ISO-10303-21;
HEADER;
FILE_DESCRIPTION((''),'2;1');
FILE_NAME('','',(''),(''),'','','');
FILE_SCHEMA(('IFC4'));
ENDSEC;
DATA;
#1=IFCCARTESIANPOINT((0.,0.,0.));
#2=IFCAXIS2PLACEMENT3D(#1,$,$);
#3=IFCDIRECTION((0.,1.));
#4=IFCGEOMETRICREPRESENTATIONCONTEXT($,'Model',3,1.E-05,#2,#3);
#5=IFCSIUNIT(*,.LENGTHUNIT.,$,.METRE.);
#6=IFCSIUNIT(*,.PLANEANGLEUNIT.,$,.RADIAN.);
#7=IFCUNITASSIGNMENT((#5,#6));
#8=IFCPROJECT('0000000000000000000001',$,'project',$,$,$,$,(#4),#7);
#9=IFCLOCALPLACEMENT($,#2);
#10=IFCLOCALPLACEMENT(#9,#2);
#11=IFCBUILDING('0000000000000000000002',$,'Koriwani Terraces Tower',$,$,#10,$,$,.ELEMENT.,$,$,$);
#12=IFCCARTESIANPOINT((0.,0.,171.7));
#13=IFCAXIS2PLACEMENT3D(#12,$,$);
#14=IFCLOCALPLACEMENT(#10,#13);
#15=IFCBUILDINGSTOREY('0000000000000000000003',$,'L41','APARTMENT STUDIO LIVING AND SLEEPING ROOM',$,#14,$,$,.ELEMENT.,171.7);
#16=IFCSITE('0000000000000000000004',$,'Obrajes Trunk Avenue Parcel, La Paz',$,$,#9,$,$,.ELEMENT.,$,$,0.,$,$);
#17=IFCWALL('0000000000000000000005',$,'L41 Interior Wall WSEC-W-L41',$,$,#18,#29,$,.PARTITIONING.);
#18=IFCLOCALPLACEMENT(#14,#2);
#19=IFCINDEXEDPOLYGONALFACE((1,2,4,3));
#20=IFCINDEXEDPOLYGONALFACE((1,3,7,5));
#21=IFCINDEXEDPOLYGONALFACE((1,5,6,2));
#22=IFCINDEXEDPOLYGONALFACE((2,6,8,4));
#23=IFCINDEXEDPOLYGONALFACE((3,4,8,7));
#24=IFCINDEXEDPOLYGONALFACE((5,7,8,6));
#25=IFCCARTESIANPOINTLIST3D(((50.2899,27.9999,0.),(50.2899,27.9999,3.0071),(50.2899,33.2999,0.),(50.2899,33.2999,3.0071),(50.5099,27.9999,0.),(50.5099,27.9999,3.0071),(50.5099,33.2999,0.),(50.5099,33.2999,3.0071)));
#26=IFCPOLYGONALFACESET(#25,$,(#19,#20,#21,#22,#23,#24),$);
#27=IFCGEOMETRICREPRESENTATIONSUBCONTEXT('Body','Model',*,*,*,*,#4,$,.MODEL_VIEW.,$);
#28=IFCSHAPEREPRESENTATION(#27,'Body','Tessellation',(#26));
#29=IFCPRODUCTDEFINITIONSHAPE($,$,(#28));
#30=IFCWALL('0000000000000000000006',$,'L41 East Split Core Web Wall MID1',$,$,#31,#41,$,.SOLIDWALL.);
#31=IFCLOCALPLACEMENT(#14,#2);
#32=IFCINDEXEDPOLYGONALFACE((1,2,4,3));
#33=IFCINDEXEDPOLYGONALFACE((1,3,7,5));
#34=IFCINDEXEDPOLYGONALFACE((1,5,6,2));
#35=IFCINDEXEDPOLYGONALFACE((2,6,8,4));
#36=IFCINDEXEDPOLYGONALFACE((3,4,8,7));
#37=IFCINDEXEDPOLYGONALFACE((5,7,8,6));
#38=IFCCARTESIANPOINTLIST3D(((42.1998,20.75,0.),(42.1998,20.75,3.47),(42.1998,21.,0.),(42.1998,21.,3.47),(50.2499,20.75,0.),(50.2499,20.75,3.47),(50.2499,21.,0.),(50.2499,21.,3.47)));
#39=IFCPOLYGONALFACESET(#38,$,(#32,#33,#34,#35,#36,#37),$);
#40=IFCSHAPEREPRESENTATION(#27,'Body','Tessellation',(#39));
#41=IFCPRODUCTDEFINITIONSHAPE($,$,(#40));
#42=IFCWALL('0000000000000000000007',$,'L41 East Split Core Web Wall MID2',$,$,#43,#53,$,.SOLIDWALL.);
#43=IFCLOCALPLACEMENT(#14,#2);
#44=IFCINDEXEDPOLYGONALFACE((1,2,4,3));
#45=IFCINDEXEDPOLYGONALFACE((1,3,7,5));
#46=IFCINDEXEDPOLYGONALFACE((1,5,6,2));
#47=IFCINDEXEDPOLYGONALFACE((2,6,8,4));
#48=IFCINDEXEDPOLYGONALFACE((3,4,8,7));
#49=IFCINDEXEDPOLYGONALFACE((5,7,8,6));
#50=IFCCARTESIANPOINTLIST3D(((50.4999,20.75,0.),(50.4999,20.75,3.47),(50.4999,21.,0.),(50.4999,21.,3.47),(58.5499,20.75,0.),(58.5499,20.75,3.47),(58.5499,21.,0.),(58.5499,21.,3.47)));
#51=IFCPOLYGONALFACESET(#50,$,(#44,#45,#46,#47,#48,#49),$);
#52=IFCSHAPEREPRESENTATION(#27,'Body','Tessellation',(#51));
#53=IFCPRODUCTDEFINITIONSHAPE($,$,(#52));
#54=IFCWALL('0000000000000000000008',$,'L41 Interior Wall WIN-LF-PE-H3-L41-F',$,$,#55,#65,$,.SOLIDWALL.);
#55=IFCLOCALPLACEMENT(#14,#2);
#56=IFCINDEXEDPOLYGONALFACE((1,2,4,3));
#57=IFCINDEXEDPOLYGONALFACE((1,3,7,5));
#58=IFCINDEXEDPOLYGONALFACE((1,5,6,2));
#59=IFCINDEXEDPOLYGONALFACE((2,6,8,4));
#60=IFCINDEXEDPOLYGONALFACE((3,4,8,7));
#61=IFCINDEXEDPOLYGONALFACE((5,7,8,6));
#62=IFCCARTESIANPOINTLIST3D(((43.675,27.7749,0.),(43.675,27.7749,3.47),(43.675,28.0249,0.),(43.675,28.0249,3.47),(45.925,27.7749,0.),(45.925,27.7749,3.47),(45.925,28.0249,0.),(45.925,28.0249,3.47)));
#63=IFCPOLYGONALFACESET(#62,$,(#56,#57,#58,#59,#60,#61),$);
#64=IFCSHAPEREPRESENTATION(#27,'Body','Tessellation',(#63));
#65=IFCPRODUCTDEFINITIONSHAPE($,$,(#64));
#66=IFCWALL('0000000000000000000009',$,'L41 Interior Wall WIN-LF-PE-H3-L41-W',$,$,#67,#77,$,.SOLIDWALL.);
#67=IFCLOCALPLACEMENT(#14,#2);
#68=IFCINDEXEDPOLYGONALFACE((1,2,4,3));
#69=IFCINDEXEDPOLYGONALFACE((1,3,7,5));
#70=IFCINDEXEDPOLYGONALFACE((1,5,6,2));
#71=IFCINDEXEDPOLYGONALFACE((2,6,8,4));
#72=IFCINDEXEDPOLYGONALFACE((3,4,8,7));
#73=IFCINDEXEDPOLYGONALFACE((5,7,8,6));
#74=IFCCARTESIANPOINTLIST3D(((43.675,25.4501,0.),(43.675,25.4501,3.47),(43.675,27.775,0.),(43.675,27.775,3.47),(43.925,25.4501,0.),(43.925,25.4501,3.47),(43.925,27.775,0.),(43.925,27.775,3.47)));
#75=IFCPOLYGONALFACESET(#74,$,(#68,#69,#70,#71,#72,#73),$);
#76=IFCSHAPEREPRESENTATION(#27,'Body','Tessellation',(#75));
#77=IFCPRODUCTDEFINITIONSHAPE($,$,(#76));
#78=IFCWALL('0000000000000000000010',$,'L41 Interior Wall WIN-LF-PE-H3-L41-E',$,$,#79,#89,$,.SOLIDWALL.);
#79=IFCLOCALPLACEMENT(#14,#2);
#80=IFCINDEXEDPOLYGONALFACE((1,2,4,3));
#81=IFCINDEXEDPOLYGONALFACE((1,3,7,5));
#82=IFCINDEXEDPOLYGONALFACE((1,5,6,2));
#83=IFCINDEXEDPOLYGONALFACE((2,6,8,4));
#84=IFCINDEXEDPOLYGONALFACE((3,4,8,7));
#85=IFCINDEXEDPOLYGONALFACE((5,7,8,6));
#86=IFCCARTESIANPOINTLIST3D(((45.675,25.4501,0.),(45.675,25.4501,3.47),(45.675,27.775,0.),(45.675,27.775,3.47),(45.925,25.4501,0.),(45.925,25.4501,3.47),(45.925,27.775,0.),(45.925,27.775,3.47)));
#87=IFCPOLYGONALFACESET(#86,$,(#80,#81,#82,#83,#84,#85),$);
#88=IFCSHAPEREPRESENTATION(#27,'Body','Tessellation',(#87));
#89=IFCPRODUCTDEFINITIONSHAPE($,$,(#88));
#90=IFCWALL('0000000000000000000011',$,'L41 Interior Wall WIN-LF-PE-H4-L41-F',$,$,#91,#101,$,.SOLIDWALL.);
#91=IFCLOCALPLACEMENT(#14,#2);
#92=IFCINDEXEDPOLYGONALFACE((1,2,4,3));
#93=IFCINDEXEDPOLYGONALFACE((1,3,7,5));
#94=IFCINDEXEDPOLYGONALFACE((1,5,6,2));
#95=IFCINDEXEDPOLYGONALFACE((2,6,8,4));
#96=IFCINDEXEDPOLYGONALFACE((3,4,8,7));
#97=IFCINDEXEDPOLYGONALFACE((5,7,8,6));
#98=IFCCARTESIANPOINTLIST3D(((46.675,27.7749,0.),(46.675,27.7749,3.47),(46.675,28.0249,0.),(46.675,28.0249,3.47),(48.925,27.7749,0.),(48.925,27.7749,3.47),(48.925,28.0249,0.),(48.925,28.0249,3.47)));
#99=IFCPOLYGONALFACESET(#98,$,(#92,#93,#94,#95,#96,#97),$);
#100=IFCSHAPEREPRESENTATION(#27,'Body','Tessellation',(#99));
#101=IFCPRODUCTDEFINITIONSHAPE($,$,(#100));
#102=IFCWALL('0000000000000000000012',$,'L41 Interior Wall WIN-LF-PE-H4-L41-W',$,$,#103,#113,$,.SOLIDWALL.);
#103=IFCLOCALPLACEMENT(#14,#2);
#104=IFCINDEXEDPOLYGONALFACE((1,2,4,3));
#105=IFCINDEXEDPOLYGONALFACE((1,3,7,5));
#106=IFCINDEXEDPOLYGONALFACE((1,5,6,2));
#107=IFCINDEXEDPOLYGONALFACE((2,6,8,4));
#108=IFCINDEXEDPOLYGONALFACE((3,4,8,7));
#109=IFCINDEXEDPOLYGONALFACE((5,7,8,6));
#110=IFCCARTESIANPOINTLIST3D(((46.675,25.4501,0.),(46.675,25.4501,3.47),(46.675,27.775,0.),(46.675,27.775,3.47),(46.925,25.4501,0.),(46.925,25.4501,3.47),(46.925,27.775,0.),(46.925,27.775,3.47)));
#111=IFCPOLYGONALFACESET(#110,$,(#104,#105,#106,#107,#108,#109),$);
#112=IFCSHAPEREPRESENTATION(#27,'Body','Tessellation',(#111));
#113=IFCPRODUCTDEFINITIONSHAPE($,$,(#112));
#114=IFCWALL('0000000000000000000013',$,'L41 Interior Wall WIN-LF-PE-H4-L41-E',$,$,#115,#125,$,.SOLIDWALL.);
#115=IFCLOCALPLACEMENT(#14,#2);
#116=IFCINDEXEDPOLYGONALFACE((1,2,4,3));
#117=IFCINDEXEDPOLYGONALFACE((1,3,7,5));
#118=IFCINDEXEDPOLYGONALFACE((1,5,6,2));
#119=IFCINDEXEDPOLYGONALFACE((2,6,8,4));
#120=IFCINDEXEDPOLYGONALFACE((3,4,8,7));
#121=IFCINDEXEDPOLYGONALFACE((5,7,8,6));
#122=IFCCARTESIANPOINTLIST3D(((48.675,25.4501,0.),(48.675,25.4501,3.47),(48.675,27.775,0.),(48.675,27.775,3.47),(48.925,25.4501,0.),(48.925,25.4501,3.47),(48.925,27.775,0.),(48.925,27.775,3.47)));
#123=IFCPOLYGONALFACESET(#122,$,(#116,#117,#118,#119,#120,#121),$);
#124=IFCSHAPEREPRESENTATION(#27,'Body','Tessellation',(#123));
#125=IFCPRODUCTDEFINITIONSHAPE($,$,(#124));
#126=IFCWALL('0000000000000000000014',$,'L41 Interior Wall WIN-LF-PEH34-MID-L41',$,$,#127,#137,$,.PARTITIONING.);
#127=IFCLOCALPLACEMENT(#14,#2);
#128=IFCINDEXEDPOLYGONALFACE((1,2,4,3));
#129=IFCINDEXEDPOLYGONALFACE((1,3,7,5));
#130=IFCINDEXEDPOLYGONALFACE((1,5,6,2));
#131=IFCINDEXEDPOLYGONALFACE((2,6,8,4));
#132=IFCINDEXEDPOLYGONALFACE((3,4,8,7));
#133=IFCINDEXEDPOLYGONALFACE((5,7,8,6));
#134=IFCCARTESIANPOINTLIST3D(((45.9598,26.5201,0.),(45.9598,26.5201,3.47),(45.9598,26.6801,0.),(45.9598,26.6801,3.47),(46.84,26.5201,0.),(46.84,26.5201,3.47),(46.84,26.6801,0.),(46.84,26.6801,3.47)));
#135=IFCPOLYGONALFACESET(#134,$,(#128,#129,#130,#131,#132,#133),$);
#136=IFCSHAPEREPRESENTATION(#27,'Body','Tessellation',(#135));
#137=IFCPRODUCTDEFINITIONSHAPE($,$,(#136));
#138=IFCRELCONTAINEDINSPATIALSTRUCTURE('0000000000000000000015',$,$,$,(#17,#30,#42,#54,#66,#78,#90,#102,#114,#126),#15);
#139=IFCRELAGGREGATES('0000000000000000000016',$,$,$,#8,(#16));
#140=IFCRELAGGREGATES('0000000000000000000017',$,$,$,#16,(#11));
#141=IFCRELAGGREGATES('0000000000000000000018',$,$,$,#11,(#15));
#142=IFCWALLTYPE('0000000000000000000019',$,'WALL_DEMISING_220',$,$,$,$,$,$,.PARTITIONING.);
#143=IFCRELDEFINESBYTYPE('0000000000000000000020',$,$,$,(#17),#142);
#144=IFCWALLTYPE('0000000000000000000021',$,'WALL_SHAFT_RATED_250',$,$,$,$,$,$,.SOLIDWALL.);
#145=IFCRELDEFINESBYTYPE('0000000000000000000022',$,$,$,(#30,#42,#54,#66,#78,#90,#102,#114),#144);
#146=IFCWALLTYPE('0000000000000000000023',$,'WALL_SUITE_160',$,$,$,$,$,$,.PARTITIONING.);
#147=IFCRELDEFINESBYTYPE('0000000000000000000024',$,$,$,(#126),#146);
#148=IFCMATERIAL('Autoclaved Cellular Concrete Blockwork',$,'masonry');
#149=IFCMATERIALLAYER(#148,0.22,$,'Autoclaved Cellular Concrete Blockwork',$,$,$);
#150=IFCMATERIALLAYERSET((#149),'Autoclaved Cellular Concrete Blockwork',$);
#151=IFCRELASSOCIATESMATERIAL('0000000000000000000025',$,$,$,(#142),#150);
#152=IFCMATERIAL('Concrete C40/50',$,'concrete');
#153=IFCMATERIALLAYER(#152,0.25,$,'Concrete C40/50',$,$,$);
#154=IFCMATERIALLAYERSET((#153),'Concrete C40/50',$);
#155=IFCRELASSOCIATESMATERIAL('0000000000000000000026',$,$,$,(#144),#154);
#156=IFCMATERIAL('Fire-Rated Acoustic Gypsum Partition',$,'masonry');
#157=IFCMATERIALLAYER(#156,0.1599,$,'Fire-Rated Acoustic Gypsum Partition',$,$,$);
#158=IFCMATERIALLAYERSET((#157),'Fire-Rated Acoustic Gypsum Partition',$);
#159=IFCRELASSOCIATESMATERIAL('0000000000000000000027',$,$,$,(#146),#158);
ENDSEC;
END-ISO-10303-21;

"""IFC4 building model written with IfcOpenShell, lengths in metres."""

from ifc_helpers import new_model, si_unit, direction, frame, frame_2d, origin, place, context, subcontext, project, spatial, rectangle, extrude, material, layer, layer_set, type_object, element, save


model = new_model("IFC4")

# Units and contexts
model_context = context("Model", 3, precision=1e-05, world=origin(), true_north=direction((0.0, 1.0)))
body_context = subcontext(model_context, "Body", "Model", "MODEL_VIEW")
ifc_project = project(units=[si_unit("LENGTHUNIT", "METRE"), si_unit("PLANEANGLEUNIT", "RADIAN")], contexts=[model_context])

# Site, building, storey
site_placement = place(None, origin())
site = spatial("IfcSite", under=ifc_project, at=site_placement, Name="Obrajes Trunk Avenue Parcel, La Paz", CompositionType="ELEMENT", RefElevation=0.0)
building_placement = place(site_placement, origin())
building = spatial("IfcBuilding", under=site, at=building_placement, Name="Koriwani Terraces Tower", CompositionType="ELEMENT")
storey_placement = place(building_placement, frame((0.0, 0.0, 171.7)))
storey = spatial("IfcBuildingStorey", under=building, at=storey_placement, Name="L41", Description="APARTMENT STUDIO LIVING AND SLEEPING ROOM", CompositionType="ELEMENT", Elevation=171.7)

# Shared definitions
ifc_material_1 = material(Name="Autoclaved Cellular Concrete Blockwork", Category="masonry")

# Walls
ifc_layer_1 = layer(ifc_material_1, 0.22, Name="Autoclaved Cellular Concrete Blockwork")
ifc_layer_set_1 = layer_set([ifc_layer_1], Name="Autoclaved Cellular Concrete Blockwork")
wall_type_1 = type_object("IfcWallType", Name="WALL_DEMISING_220", PredefinedType="PARTITIONING", material=ifc_layer_set_1)
wall_1_placement = place(storey_placement, frame((50.3999, 28.0, 0.0), z_axis=(0.0, 0.0, 1.0), x_axis=(0.0, 1.0, 0.0)))
element("IfcWall", 1, at=wall_1_placement, inside=storey, type_object=wall_type_1, Name="L41 Interior Wall WSEC-W-L41", PredefinedType="PARTITIONING", context=body_context, shape_type="SweptSolid", body=[
    extrude(rectangle(XDim=5.3, YDim=0.22, at=frame_2d((2.6499, 0.0))), origin(), (0.0, 0.0, 1.0), 3.0071),
])
ifc_material_2 = material(Name="Concrete C40/50", Category="concrete")
ifc_layer_2 = layer(ifc_material_2, 0.25, Name="Concrete C40/50")
ifc_layer_set_2 = layer_set([ifc_layer_2], Name="Concrete C40/50")
wall_type_2 = type_object("IfcWallType", Name="WALL_SHAFT_RATED_250", PredefinedType="SOLIDWALL", material=ifc_layer_set_2)
for number, where, z_axis, x_axis, name in (
    (2, (42.2, 20.875, 0.0), (0.0, 0.0, 1.0), (1.0, 0.0, 0.0), "L41 East Split Core Web Wall MID1"),
    (3, (50.5, 20.875, 0.0), (0.0, 0.0, 1.0), (1.0, 0.0, 0.0), "L41 East Split Core Web Wall MID2"),
):
    element("IfcWall", number, at=place(storey_placement, frame(where, z_axis=z_axis, x_axis=x_axis)), inside=storey, type_object=wall_type_2, Name=name, PredefinedType="SOLIDWALL", context=body_context, shape_type="SweptSolid", body=[
        extrude(rectangle(XDim=8.05, YDim=0.25, at=frame_2d((4.0249, 0.0))), origin(), (0.0, 0.0, 1.0), 3.47),
    ])

# Walls
wall_2_placement = place(storey_placement, frame((43.675, 27.8999, 0.0), z_axis=(0.0, 0.0, 1.0), x_axis=(1.0, 0.0, 0.0)))
element("IfcWall", 4, at=wall_2_placement, inside=storey, type_object=wall_type_2, Name="L41 Interior Wall WIN-LF-PE-H3-L41-F", PredefinedType="SOLIDWALL", context=body_context, shape_type="SweptSolid", body=[
    extrude(rectangle(XDim=2.25, YDim=0.25, at=frame_2d((1.125, 0.0))), origin(), (0.0, 0.0, 1.0), 3.47),
])
for number, where, z_axis, x_axis, name in (
    (5, (43.8, 25.45, 0.0), (0.0, 0.0, 1.0), (0.0, 1.0, 0.0), "L41 Interior Wall WIN-LF-PE-H3-L41-W"),
    (6, (45.8, 25.45, 0.0), (0.0, 0.0, 1.0), (0.0, 1.0, 0.0), "L41 Interior Wall WIN-LF-PE-H3-L41-E"),
):
    element("IfcWall", number, at=place(storey_placement, frame(where, z_axis=z_axis, x_axis=x_axis)), inside=storey, type_object=wall_type_2, Name=name, PredefinedType="SOLIDWALL", context=body_context, shape_type="SweptSolid", body=[
        extrude(rectangle(XDim=2.325, YDim=0.25, at=frame_2d((1.1626, 0.0))), origin(), (0.0, 0.0, 1.0), 3.47),
    ])
wall_3_placement = place(storey_placement, frame((46.675, 27.8999, 0.0), z_axis=(0.0, 0.0, 1.0), x_axis=(1.0, 0.0, 0.0)))
element("IfcWall", 7, at=wall_3_placement, inside=storey, type_object=wall_type_2, Name="L41 Interior Wall WIN-LF-PE-H4-L41-F", PredefinedType="SOLIDWALL", context=body_context, shape_type="SweptSolid", body=[
    extrude(rectangle(XDim=2.25, YDim=0.25, at=frame_2d((1.125, 0.0))), origin(), (0.0, 0.0, 1.0), 3.47),
])
for number, where, z_axis, x_axis, name in (
    (8, (46.8, 25.45, 0.0), (0.0, 0.0, 1.0), (0.0, 1.0, 0.0), "L41 Interior Wall WIN-LF-PE-H4-L41-W"),
    (9, (48.8, 25.45, 0.0), (0.0, 0.0, 1.0), (0.0, 1.0, 0.0), "L41 Interior Wall WIN-LF-PE-H4-L41-E"),
):
    element("IfcWall", number, at=place(storey_placement, frame(where, z_axis=z_axis, x_axis=x_axis)), inside=storey, type_object=wall_type_2, Name=name, PredefinedType="SOLIDWALL", context=body_context, shape_type="SweptSolid", body=[
        extrude(rectangle(XDim=2.325, YDim=0.25, at=frame_2d((1.1626, 0.0))), origin(), (0.0, 0.0, 1.0), 3.47),
    ])
ifc_material_3 = material(Name="Fire-Rated Acoustic Gypsum Partition", Category="masonry")
ifc_layer_3 = layer(ifc_material_3, 0.1599, Name="Fire-Rated Acoustic Gypsum Partition")
ifc_layer_set_3 = layer_set([ifc_layer_3], Name="Fire-Rated Acoustic Gypsum Partition")
wall_type_3 = type_object("IfcWallType", Name="WALL_SUITE_160", PredefinedType="PARTITIONING", material=ifc_layer_set_3)
wall_4_placement = place(storey_placement, frame((45.96, 26.6001, 0.0), z_axis=(0.0, 0.0, 1.0), x_axis=(1.0, 0.0, 0.0)))
element("IfcWall", 10, at=wall_4_placement, inside=storey, type_object=wall_type_3, Name="L41 Interior Wall WIN-LF-PEH34-MID-L41", PredefinedType="PARTITIONING", context=body_context, shape_type="SweptSolid", body=[
    extrude(rectangle(XDim=0.8801, YDim=0.1599, at=frame_2d((0.4399, 0.0))), origin(), (0.0, 0.0, 1.0), 3.47),
])

save(model, "model.ifc")
